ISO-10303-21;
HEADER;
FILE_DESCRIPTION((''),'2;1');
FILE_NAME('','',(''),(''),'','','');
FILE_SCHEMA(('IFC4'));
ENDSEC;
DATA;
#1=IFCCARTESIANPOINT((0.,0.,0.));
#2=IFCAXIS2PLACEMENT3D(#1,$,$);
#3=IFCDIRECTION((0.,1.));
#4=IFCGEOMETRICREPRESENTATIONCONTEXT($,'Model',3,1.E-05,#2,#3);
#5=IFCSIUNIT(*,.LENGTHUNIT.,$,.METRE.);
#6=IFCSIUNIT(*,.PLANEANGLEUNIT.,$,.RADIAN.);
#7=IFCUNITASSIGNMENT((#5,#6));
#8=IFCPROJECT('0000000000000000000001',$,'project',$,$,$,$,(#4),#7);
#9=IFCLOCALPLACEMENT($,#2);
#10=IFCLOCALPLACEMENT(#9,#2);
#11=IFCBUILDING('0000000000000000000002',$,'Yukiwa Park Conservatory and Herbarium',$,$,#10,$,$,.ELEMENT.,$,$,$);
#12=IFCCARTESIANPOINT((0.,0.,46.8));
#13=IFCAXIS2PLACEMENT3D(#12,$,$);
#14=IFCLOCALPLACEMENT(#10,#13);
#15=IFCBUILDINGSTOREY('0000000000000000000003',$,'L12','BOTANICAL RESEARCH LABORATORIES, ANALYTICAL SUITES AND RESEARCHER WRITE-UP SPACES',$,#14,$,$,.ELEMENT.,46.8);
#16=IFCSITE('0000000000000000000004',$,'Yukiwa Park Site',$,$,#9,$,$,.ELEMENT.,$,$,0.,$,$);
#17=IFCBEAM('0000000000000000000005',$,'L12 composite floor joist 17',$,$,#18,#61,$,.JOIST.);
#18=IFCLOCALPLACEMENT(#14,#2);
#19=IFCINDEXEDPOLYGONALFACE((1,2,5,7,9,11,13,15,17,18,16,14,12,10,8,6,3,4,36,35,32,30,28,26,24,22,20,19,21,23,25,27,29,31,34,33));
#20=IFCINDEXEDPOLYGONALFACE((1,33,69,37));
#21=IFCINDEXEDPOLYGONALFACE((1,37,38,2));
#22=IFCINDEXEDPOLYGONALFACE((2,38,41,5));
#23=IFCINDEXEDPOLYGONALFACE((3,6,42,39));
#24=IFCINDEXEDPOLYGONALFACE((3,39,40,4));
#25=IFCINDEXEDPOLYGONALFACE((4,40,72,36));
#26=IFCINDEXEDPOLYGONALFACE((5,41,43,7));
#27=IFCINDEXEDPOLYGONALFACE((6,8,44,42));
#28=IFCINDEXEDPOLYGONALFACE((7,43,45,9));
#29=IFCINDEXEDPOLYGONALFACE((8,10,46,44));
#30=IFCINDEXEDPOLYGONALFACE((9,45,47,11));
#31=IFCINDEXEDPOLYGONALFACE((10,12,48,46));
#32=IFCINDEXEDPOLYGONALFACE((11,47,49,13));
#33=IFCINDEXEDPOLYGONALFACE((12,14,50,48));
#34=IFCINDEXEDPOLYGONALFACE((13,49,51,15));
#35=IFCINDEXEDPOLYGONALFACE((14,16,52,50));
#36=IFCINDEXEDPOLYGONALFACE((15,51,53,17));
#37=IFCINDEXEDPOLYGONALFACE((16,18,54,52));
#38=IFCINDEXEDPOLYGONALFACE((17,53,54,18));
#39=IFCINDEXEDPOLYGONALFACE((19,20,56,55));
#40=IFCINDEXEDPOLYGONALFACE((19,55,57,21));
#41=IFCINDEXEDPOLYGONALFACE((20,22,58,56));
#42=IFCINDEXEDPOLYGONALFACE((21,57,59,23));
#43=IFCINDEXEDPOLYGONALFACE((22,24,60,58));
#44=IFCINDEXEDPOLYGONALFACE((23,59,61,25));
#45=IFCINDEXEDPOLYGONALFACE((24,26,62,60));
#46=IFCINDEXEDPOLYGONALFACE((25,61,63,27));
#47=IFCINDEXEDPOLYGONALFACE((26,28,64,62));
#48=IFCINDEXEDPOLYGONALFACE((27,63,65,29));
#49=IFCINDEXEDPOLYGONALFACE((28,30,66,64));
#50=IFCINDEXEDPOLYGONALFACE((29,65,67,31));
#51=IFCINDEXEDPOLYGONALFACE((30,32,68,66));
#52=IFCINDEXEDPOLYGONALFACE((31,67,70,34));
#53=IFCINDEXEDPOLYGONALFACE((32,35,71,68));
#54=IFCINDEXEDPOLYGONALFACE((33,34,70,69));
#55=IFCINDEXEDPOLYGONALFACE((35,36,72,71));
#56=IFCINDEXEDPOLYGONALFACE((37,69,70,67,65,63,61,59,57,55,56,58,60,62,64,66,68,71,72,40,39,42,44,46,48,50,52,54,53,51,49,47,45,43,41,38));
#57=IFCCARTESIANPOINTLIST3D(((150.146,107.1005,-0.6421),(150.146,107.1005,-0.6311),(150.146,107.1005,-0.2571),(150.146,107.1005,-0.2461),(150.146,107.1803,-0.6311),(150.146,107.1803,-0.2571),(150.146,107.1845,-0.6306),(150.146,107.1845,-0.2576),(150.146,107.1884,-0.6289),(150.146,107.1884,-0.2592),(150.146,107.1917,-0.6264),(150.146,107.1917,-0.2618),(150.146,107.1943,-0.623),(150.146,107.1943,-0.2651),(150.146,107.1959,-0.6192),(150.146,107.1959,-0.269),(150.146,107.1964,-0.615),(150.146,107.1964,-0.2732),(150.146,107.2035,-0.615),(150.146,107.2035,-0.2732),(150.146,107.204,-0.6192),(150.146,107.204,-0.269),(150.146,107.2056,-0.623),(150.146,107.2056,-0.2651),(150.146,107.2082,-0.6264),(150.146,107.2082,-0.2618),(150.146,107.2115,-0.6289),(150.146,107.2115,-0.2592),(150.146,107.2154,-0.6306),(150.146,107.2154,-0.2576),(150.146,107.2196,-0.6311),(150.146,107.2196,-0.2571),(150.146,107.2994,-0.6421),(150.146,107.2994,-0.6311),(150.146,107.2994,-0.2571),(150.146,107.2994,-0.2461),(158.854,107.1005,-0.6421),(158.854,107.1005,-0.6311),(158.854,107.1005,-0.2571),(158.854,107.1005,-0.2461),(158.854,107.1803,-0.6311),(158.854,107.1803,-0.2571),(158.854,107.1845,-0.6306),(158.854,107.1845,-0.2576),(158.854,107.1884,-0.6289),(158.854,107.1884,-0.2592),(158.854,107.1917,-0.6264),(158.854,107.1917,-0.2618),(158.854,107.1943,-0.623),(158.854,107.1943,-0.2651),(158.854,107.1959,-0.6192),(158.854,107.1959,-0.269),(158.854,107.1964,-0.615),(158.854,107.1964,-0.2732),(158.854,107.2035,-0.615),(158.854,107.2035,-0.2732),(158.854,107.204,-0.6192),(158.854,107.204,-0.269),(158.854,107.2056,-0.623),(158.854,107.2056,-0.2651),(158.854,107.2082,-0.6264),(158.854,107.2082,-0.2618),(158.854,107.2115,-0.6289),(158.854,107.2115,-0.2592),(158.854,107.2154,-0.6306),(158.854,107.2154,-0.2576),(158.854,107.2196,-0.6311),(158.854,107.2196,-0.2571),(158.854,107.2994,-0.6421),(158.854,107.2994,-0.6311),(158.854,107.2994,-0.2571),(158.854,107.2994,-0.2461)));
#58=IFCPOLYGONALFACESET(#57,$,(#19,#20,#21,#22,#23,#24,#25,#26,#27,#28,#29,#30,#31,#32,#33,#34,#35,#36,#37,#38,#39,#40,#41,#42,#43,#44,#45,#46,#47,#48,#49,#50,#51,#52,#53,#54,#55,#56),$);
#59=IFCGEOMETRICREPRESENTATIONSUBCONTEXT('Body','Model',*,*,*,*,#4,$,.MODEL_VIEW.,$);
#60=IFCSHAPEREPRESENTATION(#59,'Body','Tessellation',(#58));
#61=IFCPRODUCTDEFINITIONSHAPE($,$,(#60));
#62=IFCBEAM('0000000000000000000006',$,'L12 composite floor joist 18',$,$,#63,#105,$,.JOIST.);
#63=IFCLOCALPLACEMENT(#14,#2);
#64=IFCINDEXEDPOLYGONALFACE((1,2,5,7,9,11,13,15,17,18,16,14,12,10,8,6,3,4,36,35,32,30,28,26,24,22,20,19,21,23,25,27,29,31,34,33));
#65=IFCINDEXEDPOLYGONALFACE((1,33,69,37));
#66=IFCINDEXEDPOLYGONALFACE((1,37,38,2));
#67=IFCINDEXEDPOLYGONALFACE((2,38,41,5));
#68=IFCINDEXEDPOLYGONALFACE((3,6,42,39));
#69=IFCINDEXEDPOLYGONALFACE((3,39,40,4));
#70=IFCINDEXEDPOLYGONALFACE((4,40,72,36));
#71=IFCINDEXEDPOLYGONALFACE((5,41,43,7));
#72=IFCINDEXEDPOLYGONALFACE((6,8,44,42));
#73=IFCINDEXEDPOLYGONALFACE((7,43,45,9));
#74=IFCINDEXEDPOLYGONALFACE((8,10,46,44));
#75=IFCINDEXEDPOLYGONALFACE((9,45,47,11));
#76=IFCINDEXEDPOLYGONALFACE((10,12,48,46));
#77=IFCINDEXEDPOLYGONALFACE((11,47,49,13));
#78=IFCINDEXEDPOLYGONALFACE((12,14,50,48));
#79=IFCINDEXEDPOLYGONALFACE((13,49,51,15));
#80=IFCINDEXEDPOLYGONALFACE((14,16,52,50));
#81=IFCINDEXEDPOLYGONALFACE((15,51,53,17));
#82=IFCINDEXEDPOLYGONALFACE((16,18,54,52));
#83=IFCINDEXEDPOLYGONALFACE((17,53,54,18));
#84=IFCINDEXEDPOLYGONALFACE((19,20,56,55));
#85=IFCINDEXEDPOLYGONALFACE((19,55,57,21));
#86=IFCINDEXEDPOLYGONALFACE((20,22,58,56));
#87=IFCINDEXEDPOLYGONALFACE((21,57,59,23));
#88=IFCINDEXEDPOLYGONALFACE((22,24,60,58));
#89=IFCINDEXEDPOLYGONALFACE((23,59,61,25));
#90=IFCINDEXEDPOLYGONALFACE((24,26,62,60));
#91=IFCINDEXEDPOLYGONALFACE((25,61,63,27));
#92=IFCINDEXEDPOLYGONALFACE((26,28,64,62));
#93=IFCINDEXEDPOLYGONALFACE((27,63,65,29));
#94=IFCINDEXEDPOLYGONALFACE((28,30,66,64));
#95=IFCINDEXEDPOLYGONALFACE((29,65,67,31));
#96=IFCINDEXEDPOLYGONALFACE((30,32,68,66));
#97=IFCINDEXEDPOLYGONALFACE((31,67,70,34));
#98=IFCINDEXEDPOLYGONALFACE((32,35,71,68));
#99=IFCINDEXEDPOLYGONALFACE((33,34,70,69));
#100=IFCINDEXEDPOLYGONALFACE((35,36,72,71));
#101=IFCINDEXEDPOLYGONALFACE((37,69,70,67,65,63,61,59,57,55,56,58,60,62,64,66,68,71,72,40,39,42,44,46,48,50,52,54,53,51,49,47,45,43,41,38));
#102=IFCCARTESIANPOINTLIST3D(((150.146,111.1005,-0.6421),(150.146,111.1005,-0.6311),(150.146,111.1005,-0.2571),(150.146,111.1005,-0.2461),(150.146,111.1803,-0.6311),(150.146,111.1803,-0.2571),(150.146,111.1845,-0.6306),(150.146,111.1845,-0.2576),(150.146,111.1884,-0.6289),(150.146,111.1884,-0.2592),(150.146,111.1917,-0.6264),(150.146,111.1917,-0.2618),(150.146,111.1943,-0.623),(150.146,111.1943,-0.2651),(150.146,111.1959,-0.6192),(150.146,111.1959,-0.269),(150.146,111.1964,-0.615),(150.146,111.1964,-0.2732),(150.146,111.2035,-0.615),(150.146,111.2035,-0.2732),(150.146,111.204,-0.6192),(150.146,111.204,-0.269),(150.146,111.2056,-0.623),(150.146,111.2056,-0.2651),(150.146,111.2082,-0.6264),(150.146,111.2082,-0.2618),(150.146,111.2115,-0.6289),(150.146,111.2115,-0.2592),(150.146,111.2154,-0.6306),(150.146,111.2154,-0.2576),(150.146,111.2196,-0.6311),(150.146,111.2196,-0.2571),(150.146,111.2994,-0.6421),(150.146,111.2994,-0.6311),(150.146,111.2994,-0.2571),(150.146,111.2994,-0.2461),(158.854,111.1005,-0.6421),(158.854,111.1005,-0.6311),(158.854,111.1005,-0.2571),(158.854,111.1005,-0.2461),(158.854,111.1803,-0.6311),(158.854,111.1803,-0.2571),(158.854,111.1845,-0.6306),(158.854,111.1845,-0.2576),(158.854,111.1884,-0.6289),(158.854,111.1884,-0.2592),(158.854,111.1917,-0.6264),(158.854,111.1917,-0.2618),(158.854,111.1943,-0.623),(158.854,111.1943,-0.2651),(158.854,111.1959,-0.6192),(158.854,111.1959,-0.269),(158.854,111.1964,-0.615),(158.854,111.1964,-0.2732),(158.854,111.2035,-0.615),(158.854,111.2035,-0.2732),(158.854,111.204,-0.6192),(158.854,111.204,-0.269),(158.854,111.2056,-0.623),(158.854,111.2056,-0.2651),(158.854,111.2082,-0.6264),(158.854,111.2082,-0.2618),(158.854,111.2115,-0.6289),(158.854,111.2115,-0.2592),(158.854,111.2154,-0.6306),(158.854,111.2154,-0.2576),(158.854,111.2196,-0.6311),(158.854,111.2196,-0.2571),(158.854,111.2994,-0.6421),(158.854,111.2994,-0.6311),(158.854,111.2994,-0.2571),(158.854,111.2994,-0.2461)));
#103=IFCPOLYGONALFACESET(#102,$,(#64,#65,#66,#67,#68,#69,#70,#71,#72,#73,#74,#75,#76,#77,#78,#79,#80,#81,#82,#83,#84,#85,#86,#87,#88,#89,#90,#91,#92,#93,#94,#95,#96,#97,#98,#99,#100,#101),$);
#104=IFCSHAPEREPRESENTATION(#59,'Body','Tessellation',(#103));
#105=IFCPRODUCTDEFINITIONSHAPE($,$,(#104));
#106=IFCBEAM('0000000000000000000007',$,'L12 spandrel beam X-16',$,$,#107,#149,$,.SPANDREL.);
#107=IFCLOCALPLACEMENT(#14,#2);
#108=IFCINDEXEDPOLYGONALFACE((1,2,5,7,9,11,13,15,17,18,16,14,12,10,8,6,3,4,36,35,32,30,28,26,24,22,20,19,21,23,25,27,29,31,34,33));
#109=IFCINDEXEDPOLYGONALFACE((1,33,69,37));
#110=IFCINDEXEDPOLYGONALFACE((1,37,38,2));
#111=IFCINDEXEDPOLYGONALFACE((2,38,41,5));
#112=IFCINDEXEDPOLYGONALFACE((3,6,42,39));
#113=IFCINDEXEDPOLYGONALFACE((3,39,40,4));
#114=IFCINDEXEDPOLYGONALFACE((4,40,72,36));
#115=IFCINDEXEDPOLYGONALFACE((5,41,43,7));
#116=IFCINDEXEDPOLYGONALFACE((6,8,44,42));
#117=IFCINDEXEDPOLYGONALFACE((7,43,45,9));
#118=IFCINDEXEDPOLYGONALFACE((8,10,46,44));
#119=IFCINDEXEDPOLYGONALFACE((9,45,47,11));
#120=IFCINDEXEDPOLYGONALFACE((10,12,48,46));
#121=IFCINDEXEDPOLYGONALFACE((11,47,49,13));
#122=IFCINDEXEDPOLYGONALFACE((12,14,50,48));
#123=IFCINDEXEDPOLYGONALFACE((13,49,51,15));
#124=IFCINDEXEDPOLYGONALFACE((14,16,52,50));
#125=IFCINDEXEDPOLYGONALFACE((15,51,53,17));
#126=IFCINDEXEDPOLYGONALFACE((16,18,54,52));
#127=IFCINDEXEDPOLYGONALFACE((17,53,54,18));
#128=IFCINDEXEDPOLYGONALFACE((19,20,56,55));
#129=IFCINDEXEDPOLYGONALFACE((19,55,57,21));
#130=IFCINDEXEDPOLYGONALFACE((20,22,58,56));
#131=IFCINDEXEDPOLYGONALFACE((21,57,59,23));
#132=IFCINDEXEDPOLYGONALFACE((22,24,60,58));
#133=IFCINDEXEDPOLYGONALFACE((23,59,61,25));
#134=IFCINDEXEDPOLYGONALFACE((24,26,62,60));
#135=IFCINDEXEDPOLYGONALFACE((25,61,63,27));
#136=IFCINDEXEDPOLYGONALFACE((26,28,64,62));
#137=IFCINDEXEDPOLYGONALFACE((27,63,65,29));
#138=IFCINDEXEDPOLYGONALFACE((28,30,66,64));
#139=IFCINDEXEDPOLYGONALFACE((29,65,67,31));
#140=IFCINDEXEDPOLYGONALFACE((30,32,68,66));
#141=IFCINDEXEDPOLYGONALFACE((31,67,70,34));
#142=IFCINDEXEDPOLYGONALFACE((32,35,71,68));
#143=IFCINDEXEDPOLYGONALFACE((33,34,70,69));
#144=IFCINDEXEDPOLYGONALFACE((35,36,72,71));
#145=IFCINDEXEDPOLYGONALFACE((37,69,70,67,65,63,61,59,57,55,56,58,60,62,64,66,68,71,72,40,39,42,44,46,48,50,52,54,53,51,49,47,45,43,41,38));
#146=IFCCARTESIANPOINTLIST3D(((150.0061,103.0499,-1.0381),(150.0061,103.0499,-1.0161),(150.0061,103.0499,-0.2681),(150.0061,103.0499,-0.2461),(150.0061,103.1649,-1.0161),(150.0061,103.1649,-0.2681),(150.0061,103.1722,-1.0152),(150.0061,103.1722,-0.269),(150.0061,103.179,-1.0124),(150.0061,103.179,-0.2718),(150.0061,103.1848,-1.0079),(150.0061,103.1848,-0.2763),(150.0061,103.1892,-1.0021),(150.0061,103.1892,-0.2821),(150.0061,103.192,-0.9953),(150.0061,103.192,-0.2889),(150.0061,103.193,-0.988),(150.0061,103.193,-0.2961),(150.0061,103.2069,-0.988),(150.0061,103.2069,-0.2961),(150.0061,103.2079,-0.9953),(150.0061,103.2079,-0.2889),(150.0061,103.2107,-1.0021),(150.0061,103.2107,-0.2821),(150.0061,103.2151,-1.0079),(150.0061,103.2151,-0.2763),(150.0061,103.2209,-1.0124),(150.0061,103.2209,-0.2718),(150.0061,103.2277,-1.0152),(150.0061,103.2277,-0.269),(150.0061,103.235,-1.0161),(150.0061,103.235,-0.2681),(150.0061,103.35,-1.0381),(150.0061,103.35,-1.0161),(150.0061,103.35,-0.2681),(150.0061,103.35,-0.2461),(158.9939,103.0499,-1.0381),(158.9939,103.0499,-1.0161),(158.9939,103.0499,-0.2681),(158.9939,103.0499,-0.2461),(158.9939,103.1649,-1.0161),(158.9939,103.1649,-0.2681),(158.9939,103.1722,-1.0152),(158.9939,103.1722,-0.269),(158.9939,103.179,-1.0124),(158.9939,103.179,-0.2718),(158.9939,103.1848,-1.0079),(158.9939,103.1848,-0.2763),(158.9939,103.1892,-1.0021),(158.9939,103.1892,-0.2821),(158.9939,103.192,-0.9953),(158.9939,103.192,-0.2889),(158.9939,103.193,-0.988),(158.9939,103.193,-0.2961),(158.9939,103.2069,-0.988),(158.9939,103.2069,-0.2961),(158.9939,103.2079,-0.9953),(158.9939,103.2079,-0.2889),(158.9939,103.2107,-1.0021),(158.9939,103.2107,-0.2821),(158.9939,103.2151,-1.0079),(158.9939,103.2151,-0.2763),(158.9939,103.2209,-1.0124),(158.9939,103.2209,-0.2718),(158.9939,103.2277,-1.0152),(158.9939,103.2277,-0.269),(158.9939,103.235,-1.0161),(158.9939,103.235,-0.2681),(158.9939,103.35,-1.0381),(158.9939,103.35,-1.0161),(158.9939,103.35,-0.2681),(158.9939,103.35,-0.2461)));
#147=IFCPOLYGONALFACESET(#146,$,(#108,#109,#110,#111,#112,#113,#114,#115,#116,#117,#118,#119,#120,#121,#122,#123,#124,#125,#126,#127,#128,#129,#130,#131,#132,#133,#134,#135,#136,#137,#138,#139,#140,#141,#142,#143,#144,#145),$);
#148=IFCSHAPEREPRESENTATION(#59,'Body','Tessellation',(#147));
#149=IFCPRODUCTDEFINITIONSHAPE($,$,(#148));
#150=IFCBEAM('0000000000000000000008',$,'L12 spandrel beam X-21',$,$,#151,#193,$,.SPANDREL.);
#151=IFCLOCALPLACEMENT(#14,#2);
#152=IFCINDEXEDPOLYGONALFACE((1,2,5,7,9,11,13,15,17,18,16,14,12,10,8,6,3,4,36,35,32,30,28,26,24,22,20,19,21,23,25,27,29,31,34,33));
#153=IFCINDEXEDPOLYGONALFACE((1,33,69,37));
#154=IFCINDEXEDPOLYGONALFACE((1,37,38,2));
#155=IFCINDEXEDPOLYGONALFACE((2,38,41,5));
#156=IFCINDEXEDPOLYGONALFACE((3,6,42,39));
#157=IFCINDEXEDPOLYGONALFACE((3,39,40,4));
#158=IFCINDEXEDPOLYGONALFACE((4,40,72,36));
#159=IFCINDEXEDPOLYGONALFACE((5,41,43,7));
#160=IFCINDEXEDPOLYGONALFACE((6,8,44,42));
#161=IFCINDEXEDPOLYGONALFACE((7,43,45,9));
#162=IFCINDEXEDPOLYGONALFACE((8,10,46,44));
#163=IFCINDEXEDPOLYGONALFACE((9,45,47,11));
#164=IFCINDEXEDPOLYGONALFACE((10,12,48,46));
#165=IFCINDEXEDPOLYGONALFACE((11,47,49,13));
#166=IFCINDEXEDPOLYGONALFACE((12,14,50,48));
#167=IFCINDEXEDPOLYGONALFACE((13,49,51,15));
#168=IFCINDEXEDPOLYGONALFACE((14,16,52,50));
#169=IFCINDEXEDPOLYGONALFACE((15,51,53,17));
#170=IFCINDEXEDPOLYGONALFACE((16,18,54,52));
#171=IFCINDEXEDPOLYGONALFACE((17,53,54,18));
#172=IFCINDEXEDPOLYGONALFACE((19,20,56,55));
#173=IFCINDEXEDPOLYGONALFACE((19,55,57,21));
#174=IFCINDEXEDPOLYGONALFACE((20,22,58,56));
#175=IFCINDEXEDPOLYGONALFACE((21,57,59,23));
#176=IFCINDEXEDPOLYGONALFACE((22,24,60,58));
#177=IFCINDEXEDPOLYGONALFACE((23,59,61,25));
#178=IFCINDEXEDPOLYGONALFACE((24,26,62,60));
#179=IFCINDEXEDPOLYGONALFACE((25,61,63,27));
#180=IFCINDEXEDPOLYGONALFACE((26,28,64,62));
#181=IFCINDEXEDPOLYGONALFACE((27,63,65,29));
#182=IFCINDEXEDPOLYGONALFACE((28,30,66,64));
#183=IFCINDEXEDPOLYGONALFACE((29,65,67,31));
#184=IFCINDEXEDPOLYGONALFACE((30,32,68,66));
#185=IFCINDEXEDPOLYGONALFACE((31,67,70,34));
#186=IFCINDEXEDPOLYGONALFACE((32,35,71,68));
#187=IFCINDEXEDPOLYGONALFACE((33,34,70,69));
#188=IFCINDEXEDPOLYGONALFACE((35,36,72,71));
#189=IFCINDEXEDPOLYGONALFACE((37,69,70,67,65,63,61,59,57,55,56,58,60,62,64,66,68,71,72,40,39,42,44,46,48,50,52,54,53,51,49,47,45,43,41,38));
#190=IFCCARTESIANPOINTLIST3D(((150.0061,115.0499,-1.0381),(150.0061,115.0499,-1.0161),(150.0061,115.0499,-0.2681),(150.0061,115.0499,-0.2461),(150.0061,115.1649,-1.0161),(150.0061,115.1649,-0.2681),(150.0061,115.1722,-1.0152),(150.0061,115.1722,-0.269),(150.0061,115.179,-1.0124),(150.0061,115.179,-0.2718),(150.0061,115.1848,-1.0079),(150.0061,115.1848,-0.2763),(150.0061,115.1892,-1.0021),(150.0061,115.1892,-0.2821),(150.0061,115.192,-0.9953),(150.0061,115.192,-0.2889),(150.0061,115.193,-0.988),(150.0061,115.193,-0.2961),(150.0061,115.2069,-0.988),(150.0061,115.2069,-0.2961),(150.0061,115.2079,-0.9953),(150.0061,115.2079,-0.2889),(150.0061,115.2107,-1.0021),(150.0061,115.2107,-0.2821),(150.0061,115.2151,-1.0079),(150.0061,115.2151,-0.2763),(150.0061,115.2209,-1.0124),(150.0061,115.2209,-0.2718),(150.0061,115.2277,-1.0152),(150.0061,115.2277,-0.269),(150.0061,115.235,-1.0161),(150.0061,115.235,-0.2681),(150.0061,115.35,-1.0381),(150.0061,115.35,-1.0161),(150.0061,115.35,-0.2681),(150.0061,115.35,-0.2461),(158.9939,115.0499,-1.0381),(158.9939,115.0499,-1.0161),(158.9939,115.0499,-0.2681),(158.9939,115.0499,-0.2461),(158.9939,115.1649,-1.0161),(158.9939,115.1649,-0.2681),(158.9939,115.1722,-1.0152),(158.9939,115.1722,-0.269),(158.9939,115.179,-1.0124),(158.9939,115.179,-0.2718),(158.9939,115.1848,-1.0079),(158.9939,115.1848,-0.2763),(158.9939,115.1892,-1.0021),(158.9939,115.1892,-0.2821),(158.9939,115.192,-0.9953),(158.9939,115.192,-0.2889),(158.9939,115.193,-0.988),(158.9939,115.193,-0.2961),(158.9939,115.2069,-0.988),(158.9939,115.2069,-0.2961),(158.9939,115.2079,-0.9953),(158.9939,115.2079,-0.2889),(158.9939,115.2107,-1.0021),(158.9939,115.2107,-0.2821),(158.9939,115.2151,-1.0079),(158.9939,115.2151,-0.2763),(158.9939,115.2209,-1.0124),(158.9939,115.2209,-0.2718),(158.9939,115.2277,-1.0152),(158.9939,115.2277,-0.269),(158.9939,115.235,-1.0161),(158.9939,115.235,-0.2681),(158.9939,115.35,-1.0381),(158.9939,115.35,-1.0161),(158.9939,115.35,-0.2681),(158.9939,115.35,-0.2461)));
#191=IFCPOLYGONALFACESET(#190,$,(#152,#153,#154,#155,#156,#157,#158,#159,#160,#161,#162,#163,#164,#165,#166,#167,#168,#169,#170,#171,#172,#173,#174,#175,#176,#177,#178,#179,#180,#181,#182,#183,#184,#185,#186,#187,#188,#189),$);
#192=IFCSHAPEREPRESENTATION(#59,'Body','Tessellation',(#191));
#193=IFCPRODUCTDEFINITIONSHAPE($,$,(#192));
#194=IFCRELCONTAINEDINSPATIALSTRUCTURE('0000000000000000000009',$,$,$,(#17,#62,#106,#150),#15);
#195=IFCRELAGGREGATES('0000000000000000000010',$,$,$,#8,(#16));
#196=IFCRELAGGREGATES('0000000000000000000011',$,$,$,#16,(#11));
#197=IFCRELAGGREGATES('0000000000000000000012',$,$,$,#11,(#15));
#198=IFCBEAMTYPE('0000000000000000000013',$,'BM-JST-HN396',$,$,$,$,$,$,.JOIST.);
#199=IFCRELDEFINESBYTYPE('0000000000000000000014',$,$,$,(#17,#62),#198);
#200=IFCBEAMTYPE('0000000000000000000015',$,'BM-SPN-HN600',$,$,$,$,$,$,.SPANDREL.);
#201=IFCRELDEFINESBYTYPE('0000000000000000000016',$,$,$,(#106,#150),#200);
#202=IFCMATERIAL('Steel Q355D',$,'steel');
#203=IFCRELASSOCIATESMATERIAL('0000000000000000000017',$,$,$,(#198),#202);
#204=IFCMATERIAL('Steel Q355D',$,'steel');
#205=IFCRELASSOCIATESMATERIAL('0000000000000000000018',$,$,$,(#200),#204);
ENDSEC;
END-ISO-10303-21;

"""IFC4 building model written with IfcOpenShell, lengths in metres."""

from ifc_helpers import new_model, si_unit, direction, frame, origin, origin_2d, place, context, subcontext, project, spatial, i_section, extrude, material, material_profile, profile_set, type_object, element, save


model = new_model("IFC4")

# Units and contexts
model_context = context("Model", 3, precision=1e-05, world=origin(), true_north=direction((0.0, 1.0)))
body_context = subcontext(model_context, "Body", "Model", "MODEL_VIEW")
ifc_project = project(units=[si_unit("LENGTHUNIT", "METRE"), si_unit("PLANEANGLEUNIT", "RADIAN")], contexts=[model_context])

# Site, building, storey
site_placement = place(None, origin())
site = spatial("IfcSite", under=ifc_project, at=site_placement, Name="Yukiwa Park Site", CompositionType="ELEMENT", RefElevation=0.0)
building_placement = place(site_placement, origin())
building = spatial("IfcBuilding", under=site, at=building_placement, Name="Yukiwa Park Conservatory and Herbarium", CompositionType="ELEMENT")
storey_placement = place(building_placement, frame((0.0, 0.0, 46.8)))
storey = spatial("IfcBuildingStorey", under=building, at=storey_placement, Name="L12", Description="BOTANICAL RESEARCH LABORATORIES, ANALYTICAL SUITES AND RESEARCHER WRITE-UP SPACES", CompositionType="ELEMENT", Elevation=46.8)

# Beams
ifc_material_1 = material(Name="Steel Q355D", Category="steel")
ifc_material_profile_1 = material_profile(ifc_material_1, i_section(OverallWidth=0.199, OverallDepth=0.396, WebThickness=0.0071, FlangeThickness=0.011, FilletRadius=0.0161, at=origin_2d()), Name="HN 396x199x7x11")
ifc_profile_set_1 = profile_set([ifc_material_profile_1], Name="Steel Q355D")
beam_type_1 = type_object("IfcBeamType", Name="BM-JST-HN396", PredefinedType="JOIST", material=ifc_profile_set_1)
for number, where, z_axis, x_axis, name in (
    (1, (150.146, 107.2, -0.4441), (1.0, 0.0, 0.0), (0.0, 1.0, 0.0), "L12 composite floor joist 17"),
    (2, (150.146, 111.2, -0.4441), (1.0, 0.0, 0.0), (0.0, 1.0, 0.0), "L12 composite floor joist 18"),
):
    element("IfcBeam", number, at=place(storey_placement, frame(where, z_axis=z_axis, x_axis=x_axis)), inside=storey, type_object=beam_type_1, Name=name, PredefinedType="JOIST", context=body_context, shape_type="SweptSolid", body=[
        extrude(i_section(OverallWidth=0.199, OverallDepth=0.396, WebThickness=0.0071, FlangeThickness=0.011, FilletRadius=0.0161, at=origin_2d()), origin(), (0.0, 0.0, 1.0), 8.708),
    ])
ifc_material_2 = material(Name="Steel Q355D", Category="steel")
ifc_material_profile_2 = material_profile(ifc_material_2, i_section(OverallWidth=0.3, OverallDepth=0.792, WebThickness=0.0139, FlangeThickness=0.022, FilletRadius=0.0281, at=origin_2d()), Name="HN 792x300x14x22")
ifc_profile_set_2 = profile_set([ifc_material_profile_2], Name="Steel Q355D")
beam_type_2 = type_object("IfcBeamType", Name="BM-SPN-HN600", PredefinedType="SPANDREL", material=ifc_profile_set_2)
for number, where, z_axis, x_axis, name in (
    (3, (150.0061, 103.2, -0.6421), (1.0, 0.0, 0.0), (0.0, 1.0, 0.0), "L12 spandrel beam X-16"),
    (4, (150.0061, 115.2, -0.6421), (1.0, 0.0, 0.0), (0.0, 1.0, 0.0), "L12 spandrel beam X-21"),
):
    element("IfcBeam", number, at=place(storey_placement, frame(where, z_axis=z_axis, x_axis=x_axis)), inside=storey, type_object=beam_type_2, Name=name, PredefinedType="SPANDREL", context=body_context, shape_type="SweptSolid", body=[
        extrude(i_section(OverallWidth=0.3, OverallDepth=0.792, WebThickness=0.0139, FlangeThickness=0.022, FilletRadius=0.0281, at=origin_2d()), origin(), (0.0, 0.0, 1.0), 8.9878),
    ])

save(model, "model.ifc")
